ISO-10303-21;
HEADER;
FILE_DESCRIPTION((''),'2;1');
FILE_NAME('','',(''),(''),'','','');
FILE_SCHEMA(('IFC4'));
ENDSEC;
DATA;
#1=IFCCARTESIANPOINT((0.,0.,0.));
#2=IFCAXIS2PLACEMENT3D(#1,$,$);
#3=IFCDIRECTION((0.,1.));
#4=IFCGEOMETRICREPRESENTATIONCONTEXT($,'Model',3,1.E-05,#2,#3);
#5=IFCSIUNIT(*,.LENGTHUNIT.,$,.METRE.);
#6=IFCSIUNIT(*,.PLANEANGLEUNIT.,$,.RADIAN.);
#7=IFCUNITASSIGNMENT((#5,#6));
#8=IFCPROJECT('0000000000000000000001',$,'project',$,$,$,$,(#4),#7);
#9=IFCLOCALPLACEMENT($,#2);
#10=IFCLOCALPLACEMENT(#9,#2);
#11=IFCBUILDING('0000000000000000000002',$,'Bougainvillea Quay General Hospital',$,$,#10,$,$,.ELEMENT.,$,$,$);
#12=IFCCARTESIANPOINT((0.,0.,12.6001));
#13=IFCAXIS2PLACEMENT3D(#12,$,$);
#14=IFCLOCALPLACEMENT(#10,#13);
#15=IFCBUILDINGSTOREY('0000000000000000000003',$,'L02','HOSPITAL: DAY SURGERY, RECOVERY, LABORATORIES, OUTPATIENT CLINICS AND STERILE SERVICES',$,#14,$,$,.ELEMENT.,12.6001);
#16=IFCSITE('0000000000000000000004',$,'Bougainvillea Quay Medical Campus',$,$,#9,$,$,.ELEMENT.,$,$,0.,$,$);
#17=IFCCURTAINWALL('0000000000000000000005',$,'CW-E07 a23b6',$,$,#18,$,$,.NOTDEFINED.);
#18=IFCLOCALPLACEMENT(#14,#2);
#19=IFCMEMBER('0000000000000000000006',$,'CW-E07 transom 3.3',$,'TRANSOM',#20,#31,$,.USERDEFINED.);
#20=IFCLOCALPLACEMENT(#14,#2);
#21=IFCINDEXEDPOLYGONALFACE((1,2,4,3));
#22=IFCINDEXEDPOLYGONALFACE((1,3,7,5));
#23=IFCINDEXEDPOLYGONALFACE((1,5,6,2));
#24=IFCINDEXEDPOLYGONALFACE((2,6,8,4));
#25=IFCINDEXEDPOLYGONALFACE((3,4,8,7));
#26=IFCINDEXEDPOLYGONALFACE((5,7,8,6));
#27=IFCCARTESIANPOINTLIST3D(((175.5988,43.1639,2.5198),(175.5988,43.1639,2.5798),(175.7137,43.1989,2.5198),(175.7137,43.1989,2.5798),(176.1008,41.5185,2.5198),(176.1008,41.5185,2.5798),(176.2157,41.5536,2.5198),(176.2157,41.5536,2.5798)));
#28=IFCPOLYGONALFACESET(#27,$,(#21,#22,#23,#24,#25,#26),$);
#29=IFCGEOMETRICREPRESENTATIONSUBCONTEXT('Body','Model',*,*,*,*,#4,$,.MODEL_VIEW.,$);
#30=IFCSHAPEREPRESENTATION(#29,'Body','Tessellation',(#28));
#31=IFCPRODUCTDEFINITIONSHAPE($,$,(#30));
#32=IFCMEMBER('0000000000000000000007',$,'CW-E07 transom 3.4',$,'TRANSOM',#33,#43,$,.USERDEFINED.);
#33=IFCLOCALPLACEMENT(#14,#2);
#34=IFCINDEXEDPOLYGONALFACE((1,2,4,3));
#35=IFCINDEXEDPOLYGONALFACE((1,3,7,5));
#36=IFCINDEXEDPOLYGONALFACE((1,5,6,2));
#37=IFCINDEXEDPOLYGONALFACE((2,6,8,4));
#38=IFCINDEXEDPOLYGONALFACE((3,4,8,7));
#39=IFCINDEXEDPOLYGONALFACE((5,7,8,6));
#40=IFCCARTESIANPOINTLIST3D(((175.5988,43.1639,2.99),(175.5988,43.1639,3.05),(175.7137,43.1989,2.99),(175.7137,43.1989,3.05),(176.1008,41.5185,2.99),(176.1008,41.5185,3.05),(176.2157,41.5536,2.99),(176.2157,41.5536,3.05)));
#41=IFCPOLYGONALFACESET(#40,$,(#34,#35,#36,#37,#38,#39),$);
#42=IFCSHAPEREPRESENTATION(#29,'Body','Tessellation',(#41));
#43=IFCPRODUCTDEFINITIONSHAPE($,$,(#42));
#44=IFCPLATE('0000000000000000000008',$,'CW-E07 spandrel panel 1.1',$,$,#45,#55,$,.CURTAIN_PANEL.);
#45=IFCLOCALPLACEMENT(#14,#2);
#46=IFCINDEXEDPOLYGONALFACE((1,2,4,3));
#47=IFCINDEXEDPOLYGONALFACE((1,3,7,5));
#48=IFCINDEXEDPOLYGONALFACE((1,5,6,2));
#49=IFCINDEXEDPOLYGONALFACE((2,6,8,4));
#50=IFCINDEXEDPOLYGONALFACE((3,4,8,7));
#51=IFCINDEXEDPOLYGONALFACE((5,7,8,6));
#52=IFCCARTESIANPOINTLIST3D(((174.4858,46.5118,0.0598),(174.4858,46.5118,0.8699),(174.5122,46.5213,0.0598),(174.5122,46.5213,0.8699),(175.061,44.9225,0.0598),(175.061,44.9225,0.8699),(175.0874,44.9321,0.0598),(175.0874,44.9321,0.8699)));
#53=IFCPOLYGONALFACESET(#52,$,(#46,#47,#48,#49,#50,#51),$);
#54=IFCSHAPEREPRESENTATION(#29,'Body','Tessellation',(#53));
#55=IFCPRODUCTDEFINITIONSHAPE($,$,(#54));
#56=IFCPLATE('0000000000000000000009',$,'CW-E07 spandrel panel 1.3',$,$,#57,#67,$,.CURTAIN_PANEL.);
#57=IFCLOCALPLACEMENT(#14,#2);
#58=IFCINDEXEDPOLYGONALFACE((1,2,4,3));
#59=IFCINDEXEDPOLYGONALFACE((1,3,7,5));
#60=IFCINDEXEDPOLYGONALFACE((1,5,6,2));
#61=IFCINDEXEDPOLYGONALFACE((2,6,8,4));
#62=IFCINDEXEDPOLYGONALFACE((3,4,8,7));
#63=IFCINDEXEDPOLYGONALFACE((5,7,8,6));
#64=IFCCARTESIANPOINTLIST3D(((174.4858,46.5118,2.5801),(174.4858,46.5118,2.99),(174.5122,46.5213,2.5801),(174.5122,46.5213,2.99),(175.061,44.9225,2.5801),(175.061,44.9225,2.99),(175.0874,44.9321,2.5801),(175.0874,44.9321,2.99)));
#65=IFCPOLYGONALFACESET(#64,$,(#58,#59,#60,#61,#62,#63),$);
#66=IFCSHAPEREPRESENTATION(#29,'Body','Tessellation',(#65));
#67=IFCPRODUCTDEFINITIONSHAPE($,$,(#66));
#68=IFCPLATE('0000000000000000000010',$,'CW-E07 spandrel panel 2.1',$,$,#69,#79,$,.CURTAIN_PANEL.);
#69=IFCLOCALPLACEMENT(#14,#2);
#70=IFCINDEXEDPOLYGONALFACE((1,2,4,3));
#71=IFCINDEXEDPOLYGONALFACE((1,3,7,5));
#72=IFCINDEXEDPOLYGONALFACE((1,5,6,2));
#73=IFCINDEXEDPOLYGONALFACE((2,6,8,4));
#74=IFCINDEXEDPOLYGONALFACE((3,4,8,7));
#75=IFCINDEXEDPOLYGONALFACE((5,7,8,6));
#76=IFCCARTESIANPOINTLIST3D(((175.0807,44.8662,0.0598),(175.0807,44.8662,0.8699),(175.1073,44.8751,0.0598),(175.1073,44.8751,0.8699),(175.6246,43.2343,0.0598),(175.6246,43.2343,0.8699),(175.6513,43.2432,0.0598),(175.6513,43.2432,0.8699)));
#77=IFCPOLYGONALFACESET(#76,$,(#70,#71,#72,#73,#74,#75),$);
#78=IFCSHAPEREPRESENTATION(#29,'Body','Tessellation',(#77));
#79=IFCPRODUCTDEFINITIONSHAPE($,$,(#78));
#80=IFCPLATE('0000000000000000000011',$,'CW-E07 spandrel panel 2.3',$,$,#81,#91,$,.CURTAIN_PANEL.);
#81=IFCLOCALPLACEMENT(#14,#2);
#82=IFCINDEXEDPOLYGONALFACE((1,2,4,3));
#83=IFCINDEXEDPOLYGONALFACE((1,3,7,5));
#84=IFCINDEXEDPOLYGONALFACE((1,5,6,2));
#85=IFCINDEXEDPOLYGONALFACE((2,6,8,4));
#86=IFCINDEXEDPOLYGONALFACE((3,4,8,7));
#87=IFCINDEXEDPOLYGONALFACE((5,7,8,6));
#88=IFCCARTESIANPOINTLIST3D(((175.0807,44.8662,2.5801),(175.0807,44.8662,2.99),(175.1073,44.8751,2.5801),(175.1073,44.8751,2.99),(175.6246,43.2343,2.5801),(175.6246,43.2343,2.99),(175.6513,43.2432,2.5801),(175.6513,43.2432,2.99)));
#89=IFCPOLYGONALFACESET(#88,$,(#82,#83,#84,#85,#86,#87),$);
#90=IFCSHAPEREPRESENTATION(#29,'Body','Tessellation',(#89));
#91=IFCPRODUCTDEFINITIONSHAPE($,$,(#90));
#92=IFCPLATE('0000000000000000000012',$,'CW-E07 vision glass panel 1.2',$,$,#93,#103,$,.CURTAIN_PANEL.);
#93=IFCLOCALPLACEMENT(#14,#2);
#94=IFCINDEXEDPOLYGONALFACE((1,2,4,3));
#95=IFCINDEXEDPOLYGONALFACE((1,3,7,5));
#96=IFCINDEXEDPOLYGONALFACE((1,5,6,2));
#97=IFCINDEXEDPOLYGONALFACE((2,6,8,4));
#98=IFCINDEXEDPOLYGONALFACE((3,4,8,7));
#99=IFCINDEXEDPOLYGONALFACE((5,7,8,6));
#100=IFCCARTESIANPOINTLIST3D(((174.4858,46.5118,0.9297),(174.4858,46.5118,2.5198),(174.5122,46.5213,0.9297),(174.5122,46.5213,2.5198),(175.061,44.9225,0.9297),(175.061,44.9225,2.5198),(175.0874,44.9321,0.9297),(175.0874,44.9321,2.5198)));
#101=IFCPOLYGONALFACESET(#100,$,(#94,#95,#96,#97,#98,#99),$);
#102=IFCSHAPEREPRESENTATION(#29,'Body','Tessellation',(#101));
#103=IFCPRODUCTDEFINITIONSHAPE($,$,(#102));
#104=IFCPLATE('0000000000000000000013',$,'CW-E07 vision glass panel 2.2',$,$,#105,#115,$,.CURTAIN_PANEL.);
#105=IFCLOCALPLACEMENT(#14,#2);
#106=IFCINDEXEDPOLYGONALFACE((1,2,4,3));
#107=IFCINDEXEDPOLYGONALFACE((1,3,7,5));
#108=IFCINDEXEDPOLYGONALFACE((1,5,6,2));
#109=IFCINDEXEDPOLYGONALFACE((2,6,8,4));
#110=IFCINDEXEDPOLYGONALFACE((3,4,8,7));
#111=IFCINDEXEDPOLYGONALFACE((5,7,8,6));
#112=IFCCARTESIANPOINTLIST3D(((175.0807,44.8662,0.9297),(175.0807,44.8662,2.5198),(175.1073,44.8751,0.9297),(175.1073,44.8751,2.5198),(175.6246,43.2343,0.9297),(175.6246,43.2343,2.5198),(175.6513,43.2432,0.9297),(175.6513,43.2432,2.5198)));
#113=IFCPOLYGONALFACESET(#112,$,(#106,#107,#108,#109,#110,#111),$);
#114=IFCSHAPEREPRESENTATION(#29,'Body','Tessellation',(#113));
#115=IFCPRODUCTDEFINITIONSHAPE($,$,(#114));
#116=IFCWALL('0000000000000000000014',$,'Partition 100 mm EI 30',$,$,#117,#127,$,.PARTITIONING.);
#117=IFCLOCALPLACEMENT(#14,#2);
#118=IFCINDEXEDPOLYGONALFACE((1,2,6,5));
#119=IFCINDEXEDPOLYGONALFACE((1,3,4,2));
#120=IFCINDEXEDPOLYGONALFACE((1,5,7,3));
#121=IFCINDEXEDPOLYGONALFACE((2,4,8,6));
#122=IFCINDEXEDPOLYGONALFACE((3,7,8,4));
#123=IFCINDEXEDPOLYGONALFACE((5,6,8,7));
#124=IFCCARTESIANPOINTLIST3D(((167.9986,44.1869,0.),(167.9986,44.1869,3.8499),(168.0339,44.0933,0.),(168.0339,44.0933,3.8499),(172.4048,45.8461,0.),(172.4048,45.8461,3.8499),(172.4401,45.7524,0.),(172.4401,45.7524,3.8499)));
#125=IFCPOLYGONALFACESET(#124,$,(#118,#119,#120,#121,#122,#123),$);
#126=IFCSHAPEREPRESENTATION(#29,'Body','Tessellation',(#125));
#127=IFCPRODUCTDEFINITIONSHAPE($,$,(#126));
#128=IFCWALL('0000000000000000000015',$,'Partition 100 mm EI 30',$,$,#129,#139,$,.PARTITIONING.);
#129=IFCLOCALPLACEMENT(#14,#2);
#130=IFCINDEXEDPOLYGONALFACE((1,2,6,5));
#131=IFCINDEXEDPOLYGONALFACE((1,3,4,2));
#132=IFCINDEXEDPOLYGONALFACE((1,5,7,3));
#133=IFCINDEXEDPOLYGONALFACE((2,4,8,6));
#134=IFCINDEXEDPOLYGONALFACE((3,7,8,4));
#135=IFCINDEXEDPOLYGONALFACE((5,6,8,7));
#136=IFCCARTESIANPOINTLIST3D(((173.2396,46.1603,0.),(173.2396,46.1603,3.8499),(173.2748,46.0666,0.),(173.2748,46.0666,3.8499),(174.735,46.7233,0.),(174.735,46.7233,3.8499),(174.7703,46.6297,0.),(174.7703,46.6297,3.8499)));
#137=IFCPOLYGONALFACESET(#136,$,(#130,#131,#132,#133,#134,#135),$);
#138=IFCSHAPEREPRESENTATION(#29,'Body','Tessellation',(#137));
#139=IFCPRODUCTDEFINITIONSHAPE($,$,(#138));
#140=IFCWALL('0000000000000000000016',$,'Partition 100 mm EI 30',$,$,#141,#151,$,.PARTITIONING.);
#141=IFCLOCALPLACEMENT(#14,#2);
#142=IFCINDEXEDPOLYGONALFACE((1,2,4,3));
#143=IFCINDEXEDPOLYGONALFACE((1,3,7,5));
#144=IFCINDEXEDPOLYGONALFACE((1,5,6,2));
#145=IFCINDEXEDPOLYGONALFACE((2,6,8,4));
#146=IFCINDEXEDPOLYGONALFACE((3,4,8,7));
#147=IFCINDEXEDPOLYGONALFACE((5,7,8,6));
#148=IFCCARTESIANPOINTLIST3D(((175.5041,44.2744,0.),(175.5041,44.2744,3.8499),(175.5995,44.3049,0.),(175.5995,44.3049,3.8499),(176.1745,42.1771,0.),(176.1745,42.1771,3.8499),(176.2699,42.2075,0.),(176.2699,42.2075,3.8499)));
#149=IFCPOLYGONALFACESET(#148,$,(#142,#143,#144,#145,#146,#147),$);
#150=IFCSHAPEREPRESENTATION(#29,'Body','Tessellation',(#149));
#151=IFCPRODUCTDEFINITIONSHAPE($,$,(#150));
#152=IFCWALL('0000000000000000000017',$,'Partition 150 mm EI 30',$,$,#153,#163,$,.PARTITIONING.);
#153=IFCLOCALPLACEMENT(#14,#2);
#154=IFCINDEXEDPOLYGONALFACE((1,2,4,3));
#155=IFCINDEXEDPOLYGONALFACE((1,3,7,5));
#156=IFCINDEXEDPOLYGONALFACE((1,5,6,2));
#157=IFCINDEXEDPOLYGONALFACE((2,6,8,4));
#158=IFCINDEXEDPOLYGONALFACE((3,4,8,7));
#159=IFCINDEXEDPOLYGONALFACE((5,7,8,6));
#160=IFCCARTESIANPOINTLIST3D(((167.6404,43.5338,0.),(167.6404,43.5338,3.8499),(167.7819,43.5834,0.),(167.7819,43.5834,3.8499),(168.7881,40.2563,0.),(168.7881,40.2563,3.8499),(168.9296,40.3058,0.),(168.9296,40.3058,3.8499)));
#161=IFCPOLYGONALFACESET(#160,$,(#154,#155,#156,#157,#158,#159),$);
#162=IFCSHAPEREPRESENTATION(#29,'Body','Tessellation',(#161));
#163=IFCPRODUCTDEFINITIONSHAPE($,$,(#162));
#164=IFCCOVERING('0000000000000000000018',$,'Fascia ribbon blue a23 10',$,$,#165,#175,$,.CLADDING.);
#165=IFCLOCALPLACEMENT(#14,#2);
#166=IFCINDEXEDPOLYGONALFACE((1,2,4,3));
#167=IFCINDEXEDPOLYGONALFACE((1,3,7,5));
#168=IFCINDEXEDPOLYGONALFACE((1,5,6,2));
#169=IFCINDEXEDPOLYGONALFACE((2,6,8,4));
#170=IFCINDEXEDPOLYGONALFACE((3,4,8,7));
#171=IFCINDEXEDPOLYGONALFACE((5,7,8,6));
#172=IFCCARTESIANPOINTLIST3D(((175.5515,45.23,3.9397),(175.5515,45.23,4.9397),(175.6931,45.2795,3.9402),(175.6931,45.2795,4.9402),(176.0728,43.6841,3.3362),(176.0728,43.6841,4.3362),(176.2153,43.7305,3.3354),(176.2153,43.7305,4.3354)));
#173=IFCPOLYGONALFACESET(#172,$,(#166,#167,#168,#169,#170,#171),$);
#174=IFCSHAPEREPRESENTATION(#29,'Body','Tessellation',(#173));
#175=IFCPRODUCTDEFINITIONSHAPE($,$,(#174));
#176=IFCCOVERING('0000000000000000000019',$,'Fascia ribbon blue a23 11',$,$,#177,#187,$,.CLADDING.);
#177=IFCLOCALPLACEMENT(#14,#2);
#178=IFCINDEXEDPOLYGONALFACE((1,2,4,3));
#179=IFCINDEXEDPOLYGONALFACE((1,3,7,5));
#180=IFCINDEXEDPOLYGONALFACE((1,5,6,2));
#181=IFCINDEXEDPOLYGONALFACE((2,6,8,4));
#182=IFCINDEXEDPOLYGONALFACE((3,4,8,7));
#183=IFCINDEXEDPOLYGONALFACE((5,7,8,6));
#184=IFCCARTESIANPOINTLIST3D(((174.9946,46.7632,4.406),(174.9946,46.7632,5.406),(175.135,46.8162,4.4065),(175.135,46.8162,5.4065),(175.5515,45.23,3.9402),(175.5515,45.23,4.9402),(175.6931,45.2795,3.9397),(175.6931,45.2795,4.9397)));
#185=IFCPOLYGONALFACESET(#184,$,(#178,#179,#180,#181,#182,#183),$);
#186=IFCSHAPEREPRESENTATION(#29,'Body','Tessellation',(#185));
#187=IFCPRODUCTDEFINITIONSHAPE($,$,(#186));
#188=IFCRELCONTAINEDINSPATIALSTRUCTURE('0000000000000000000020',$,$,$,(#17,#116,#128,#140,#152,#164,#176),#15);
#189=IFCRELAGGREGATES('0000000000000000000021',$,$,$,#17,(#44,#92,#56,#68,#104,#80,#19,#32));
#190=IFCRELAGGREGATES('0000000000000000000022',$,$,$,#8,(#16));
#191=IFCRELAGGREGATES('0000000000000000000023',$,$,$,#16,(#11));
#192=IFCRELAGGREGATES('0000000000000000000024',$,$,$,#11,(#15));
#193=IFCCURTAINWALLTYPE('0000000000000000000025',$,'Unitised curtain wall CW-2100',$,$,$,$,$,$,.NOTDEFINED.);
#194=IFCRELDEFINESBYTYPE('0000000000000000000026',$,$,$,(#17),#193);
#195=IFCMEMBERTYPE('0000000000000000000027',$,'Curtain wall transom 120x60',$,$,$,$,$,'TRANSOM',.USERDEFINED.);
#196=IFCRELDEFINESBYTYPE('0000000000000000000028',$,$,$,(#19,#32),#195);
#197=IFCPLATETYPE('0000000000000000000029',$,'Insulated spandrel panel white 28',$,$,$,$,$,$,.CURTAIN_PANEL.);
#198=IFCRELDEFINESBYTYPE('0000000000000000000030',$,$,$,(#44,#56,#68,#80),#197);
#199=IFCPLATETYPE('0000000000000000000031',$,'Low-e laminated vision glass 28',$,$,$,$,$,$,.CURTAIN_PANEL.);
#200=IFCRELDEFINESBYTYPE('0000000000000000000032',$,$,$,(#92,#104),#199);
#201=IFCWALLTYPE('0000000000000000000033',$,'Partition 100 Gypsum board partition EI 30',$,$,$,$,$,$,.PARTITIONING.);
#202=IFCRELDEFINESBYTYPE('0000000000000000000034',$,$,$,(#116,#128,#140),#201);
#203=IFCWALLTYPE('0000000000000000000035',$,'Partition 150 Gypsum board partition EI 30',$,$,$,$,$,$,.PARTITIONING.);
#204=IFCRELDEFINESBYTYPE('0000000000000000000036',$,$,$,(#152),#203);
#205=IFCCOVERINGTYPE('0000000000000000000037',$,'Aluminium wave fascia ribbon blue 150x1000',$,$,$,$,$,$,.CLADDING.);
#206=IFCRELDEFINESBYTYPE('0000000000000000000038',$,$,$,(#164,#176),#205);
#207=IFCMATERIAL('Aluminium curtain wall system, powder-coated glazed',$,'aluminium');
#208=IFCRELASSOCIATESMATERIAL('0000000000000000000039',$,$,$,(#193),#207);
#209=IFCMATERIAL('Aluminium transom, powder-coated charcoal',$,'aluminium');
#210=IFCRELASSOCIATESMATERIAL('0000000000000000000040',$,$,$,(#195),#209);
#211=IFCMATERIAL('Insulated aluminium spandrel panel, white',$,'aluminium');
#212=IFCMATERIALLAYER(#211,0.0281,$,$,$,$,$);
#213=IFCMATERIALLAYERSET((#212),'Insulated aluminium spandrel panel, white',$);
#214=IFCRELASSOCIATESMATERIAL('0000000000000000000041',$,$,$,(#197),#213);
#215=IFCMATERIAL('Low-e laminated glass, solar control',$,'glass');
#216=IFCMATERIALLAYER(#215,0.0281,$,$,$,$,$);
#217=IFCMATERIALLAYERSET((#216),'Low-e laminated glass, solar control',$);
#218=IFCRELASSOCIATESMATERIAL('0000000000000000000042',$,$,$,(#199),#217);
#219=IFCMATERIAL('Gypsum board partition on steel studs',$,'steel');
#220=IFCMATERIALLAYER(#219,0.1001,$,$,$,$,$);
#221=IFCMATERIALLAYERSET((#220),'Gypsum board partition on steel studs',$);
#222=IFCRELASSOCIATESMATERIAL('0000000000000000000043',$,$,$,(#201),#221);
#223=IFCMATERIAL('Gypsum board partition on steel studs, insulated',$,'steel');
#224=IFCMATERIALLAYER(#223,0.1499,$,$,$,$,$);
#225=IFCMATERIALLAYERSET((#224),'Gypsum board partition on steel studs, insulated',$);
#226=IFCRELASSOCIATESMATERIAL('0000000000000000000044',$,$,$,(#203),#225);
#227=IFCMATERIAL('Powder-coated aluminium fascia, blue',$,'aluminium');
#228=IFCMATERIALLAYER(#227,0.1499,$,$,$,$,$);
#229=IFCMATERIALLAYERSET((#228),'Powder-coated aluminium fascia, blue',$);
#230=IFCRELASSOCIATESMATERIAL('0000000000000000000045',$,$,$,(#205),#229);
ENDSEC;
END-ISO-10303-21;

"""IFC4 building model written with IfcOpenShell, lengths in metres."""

from ifc_helpers import new_model, si_unit, direction, frame, frame_2d, origin, origin_2d, place, context, subcontext, project, spatial, polyline, rectangle, outline, extrude, material, layer, layer_set, material_profile, profile_set, type_object, element, aggregate, save


model = new_model("IFC4")

# Units and contexts
model_context = context("Model", 3, precision=1e-05, world=origin(), true_north=direction((0.0, 1.0)))
body_context = subcontext(model_context, "Body", "Model", "MODEL_VIEW")
ifc_project = project(units=[si_unit("LENGTHUNIT", "METRE"), si_unit("PLANEANGLEUNIT", "RADIAN")], contexts=[model_context])

# Site, building, storey
site_placement = place(None, origin())
site = spatial("IfcSite", under=ifc_project, at=site_placement, Name="Bougainvillea Quay Medical Campus", CompositionType="ELEMENT", RefElevation=0.0)
building_placement = place(site_placement, origin())
building = spatial("IfcBuilding", under=site, at=building_placement, Name="Bougainvillea Quay General Hospital", CompositionType="ELEMENT")
storey_placement = place(building_placement, frame((0.0, 0.0, 12.6001)))
storey = spatial("IfcBuildingStorey", under=building, at=storey_placement, Name="L02", Description="HOSPITAL: DAY SURGERY, RECOVERY, LABORATORIES, OUTPATIENT CLINICS AND STERILE SERVICES", CompositionType="ELEMENT", Elevation=12.6001)

# Curtain wall, members, plates
ifc_material_1 = material(Name="Aluminium curtain wall system, powder-coated glazed", Category="aluminium")
curtain_wall_type = type_object("IfcCurtainWallType", Name="Unitised curtain wall CW-2100", PredefinedType="NOTDEFINED", material=ifc_material_1)
curtain_wall_placement = place(storey_placement, origin())
curtain_wall = element("IfcCurtainWall", 1, at=curtain_wall_placement, inside=storey, type_object=curtain_wall_type, Name="CW-E07 a23b6", PredefinedType="NOTDEFINED")
ifc_material_2 = material(Name="Aluminium transom, powder-coated charcoal", Category="aluminium")
ifc_material_profile_1 = material_profile(ifc_material_2, rectangle(XDim=0.1201, YDim=0.0601, at=origin_2d()))
ifc_profile_set_1 = profile_set([ifc_material_profile_1], Name="Aluminium transom, powder-coated charcoal")
member_type_1 = type_object("IfcMemberType", Name="Curtain wall transom 120x60", ElementType="TRANSOM", PredefinedType="USERDEFINED", material=ifc_profile_set_1)
member_1_placement = place(storey_placement, frame((175.6562, 43.1814, 2.5498), z_axis=(0.291811, -0.956476, 0.0), x_axis=(0.956476, 0.291811, 0.0)))
member_1 = element("IfcMember", 2, at=member_1_placement, type_object=member_type_1, Name="CW-E07 transom 3.3", ObjectType="TRANSOM", PredefinedType="USERDEFINED", context=body_context, shape_type="SweptSolid", body=[
    extrude(rectangle(XDim=0.1201, YDim=0.0601, at=origin_2d()), origin(), (0.0, 0.0, 1.0), 1.7202),
])
member_2_placement = place(storey_placement, frame((175.6562, 43.1814, 3.02), z_axis=(0.291811, -0.956476, 0.0), x_axis=(0.956476, 0.291811, 0.0)))
member_2 = element("IfcMember", 3, at=member_2_placement, type_object=member_type_1, Name="CW-E07 transom 3.4", ObjectType="TRANSOM", PredefinedType="USERDEFINED", context=body_context, shape_type="SweptSolid", body=[
    extrude(rectangle(XDim=0.1201, YDim=0.0601, at=origin_2d()), origin(), (0.0, 0.0, 1.0), 1.7202),
])
ifc_material_3 = material(Name="Insulated aluminium spandrel panel, white", Category="aluminium")
ifc_layer_1 = layer(ifc_material_3, 0.0281)
ifc_layer_set_1 = layer_set([ifc_layer_1], Name="Insulated aluminium spandrel panel, white")
plate_type_1 = type_object("IfcPlateType", Name="Insulated spandrel panel white 28", PredefinedType="CURTAIN_PANEL", material=ifc_layer_set_1)
plate_1_placement = place(storey_placement, frame((174.7866, 45.7219, 0.0598), z_axis=(0.0, 0.0, 1.0), x_axis=(0.340327, -0.940307, 0.0)))
plate_1 = element("IfcPlate", 4, at=plate_1_placement, type_object=plate_type_1, Name="CW-E07 spandrel panel 1.1", PredefinedType="CURTAIN_PANEL", context=body_context, shape_type="SweptSolid", body=[
    extrude(rectangle(XDim=1.6902, YDim=0.0281, at=origin_2d()), origin(), (0.0, 0.0, 1.0), 0.8101),
])
plate_2_placement = place(storey_placement, frame((174.7866, 45.7219, 2.5801), z_axis=(0.0, 0.0, 1.0), x_axis=(0.340327, -0.940307, 0.0)))
plate_2 = element("IfcPlate", 5, at=plate_2_placement, type_object=plate_type_1, Name="CW-E07 spandrel panel 1.3", PredefinedType="CURTAIN_PANEL", context=body_context, shape_type="SweptSolid", body=[
    extrude(rectangle(XDim=1.6902, YDim=0.0281, at=origin_2d()), origin(), (0.0, 0.0, 1.0), 0.4099),
])
plate_3_placement = place(storey_placement, frame((175.366, 44.0547, 0.0598), z_axis=(0.0, 0.0, 1.0), x_axis=(0.316219, -0.948686, 0.0)))
plate_3 = element("IfcPlate", 6, at=plate_3_placement, type_object=plate_type_1, Name="CW-E07 spandrel panel 2.1", PredefinedType="CURTAIN_PANEL", context=body_context, shape_type="SweptSolid", body=[
    extrude(rectangle(XDim=1.7202, YDim=0.0281, at=origin_2d()), origin(), (0.0, 0.0, 1.0), 0.8101),
])
plate_4_placement = place(storey_placement, frame((175.366, 44.0547, 2.5801), z_axis=(0.0, 0.0, 1.0), x_axis=(0.316219, -0.948686, 0.0)))
plate_4 = element("IfcPlate", 7, at=plate_4_placement, type_object=plate_type_1, Name="CW-E07 spandrel panel 2.3", PredefinedType="CURTAIN_PANEL", context=body_context, shape_type="SweptSolid", body=[
    extrude(rectangle(XDim=1.7202, YDim=0.0281, at=origin_2d()), origin(), (0.0, 0.0, 1.0), 0.4099),
])
ifc_material_4 = material(Name="Low-e laminated glass, solar control", Category="glass")
ifc_layer_2 = layer(ifc_material_4, 0.0281)
ifc_layer_set_2 = layer_set([ifc_layer_2], Name="Low-e laminated glass, solar control")
plate_type_2 = type_object("IfcPlateType", Name="Low-e laminated vision glass 28", PredefinedType="CURTAIN_PANEL", material=ifc_layer_set_2)
plate_5_placement = place(storey_placement, frame((174.7866, 45.7219, 0.9297), z_axis=(0.0, 0.0, 1.0), x_axis=(0.340327, -0.940307, 0.0)))
plate_5 = element("IfcPlate", 8, at=plate_5_placement, type_object=plate_type_2, Name="CW-E07 vision glass panel 1.2", PredefinedType="CURTAIN_PANEL", context=body_context, shape_type="SweptSolid", body=[
    extrude(rectangle(XDim=1.6902, YDim=0.0281, at=origin_2d()), origin(), (0.0, 0.0, 1.0), 1.5901),
])
plate_6_placement = place(storey_placement, frame((175.366, 44.0547, 0.9297), z_axis=(0.0, 0.0, 1.0), x_axis=(0.316219, -0.948686, 0.0)))
plate_6 = element("IfcPlate", 9, at=plate_6_placement, type_object=plate_type_2, Name="CW-E07 vision glass panel 2.2", PredefinedType="CURTAIN_PANEL", context=body_context, shape_type="SweptSolid", body=[
    extrude(rectangle(XDim=1.7202, YDim=0.0281, at=origin_2d()), origin(), (0.0, 0.0, 1.0), 1.5901),
])
aggregate(curtain_wall, [plate_1, plate_5, plate_2, plate_3, plate_6, plate_4, member_1, member_2])

# Walls
ifc_material_5 = material(Name="Gypsum board partition on steel studs", Category="steel")
ifc_layer_3 = layer(ifc_material_5, 0.1001)
ifc_layer_set_3 = layer_set([ifc_layer_3], Name="Gypsum board partition on steel studs")
wall_type_1 = type_object("IfcWallType", Name="Partition 100 Gypsum board partition EI 30", PredefinedType="PARTITIONING", material=ifc_layer_set_3)
wall_1_placement = place(storey_placement, frame((168.0164, 44.1401, 0.0), z_axis=(0.0, 0.0, 1.0), x_axis=(0.935851, 0.352396, 0.0)))
element("IfcWall", 10, at=wall_1_placement, inside=storey, type_object=wall_type_1, Name="Partition 100 mm EI 30", PredefinedType="PARTITIONING", context=body_context, shape_type="SweptSolid", body=[
    extrude(rectangle(XDim=4.7083, YDim=0.1001, at=frame_2d((2.354, 0.0))), origin(), (0.0, 0.0, 1.0), 3.8499),
])
wall_2_placement = place(storey_placement, frame((173.2573, 46.1135, 0.0), z_axis=(0.0, 0.0, 1.0), x_axis=(0.93587, 0.352346, 0.0)))
element("IfcWall", 11, at=wall_2_placement, inside=storey, type_object=wall_type_1, Name="Partition 100 mm EI 30", PredefinedType="PARTITIONING", context=body_context, shape_type="SweptSolid", body=[
    extrude(rectangle(XDim=1.5979, YDim=0.1001, at=frame_2d((0.7988, 0.0))), origin(), (0.0, 0.0, 1.0), 3.8499),
])
wall_3_placement = place(storey_placement, frame((175.5518, 44.2898, 0.0), z_axis=(0.0, 0.0, 1.0), x_axis=(0.304462, -0.952525, 0.0)))
element("IfcWall", 12, at=wall_3_placement, inside=storey, type_object=wall_type_1, Name="Partition 100 mm EI 30", PredefinedType="PARTITIONING", context=body_context, shape_type="SweptSolid", body=[
    extrude(rectangle(XDim=2.2019, YDim=0.1001, at=frame_2d((1.1011, 0.0))), origin(), (0.0, 0.0, 1.0), 3.8499),
])
ifc_material_6 = material(Name="Gypsum board partition on steel studs, insulated", Category="steel")
ifc_layer_4 = layer(ifc_material_6, 0.1499)
ifc_layer_set_4 = layer_set([ifc_layer_4], Name="Gypsum board partition on steel studs, insulated")
wall_type_2 = type_object("IfcWallType", Name="Partition 150 Gypsum board partition EI 30", PredefinedType="PARTITIONING", material=ifc_layer_set_4)
wall_4_placement = place(storey_placement, frame((167.7112, 43.5586, 0.0), z_axis=(0.0, 0.0, 1.0), x_axis=(0.330491, -0.943809, 0.0)))
element("IfcWall", 13, at=wall_4_placement, inside=storey, type_object=wall_type_2, Name="Partition 150 mm EI 30", PredefinedType="PARTITIONING", context=body_context, shape_type="SweptSolid", body=[
    extrude(rectangle(XDim=3.4727, YDim=0.1499, at=frame_2d((1.7363, 0.0))), origin(), (0.0, 0.0, 1.0), 3.8499),
])

# Coverings
ifc_material_7 = material(Name="Powder-coated aluminium fascia, blue", Category="aluminium")
ifc_layer_5 = layer(ifc_material_7, 0.1499)
ifc_layer_set_5 = layer_set([ifc_layer_5], Name="Powder-coated aluminium fascia, blue")
covering_type = type_object("IfcCoveringType", Name="Aluminium wave fascia ribbon blue 150x1000", PredefinedType="CLADDING", material=ifc_layer_set_5)
covering_1_placement = place(storey_placement, frame((176.0728, 43.6841, 3.3362), z_axis=(0.11171, -0.328479, 0.937882), x_axis=(-0.299656, 0.888723, 0.346954)))
element("IfcCovering", 14, at=covering_1_placement, inside=storey, type_object=covering_type, Name="Fascia ribbon blue a23 10", PredefinedType="CLADDING", context=body_context, shape_type="SweptSolid", body=[
    extrude(outline(polyline([(0.0, 0.0), (1.7395, 0.0), (1.7412, -0.15), (-0.0018, -0.1499), (0.0, 0.0)])), origin(), (0.346954, 0.000848, 0.937882), 1.0),
])
covering_2_placement = place(storey_placement, frame((175.5515, 45.23, 3.9402), z_axis=(0.093834, -0.258044, 0.961566), x_axis=(-0.328273, 0.903795, 0.274575)))
element("IfcCovering", 15, at=covering_2_placement, inside=storey, type_object=covering_type, Name="Fascia ribbon blue a23 11", PredefinedType="CLADDING", context=body_context, shape_type="SweptSolid", body=[
    extrude(outline(polyline([(0.0, 0.0), (1.6964, 0.0), (1.6983, -0.15), (-0.0018, -0.15), (0.0, 0.0)])), origin(), (0.274575, 0.000098, 0.961566), 1.0),
])

save(model, "model.ifc")
